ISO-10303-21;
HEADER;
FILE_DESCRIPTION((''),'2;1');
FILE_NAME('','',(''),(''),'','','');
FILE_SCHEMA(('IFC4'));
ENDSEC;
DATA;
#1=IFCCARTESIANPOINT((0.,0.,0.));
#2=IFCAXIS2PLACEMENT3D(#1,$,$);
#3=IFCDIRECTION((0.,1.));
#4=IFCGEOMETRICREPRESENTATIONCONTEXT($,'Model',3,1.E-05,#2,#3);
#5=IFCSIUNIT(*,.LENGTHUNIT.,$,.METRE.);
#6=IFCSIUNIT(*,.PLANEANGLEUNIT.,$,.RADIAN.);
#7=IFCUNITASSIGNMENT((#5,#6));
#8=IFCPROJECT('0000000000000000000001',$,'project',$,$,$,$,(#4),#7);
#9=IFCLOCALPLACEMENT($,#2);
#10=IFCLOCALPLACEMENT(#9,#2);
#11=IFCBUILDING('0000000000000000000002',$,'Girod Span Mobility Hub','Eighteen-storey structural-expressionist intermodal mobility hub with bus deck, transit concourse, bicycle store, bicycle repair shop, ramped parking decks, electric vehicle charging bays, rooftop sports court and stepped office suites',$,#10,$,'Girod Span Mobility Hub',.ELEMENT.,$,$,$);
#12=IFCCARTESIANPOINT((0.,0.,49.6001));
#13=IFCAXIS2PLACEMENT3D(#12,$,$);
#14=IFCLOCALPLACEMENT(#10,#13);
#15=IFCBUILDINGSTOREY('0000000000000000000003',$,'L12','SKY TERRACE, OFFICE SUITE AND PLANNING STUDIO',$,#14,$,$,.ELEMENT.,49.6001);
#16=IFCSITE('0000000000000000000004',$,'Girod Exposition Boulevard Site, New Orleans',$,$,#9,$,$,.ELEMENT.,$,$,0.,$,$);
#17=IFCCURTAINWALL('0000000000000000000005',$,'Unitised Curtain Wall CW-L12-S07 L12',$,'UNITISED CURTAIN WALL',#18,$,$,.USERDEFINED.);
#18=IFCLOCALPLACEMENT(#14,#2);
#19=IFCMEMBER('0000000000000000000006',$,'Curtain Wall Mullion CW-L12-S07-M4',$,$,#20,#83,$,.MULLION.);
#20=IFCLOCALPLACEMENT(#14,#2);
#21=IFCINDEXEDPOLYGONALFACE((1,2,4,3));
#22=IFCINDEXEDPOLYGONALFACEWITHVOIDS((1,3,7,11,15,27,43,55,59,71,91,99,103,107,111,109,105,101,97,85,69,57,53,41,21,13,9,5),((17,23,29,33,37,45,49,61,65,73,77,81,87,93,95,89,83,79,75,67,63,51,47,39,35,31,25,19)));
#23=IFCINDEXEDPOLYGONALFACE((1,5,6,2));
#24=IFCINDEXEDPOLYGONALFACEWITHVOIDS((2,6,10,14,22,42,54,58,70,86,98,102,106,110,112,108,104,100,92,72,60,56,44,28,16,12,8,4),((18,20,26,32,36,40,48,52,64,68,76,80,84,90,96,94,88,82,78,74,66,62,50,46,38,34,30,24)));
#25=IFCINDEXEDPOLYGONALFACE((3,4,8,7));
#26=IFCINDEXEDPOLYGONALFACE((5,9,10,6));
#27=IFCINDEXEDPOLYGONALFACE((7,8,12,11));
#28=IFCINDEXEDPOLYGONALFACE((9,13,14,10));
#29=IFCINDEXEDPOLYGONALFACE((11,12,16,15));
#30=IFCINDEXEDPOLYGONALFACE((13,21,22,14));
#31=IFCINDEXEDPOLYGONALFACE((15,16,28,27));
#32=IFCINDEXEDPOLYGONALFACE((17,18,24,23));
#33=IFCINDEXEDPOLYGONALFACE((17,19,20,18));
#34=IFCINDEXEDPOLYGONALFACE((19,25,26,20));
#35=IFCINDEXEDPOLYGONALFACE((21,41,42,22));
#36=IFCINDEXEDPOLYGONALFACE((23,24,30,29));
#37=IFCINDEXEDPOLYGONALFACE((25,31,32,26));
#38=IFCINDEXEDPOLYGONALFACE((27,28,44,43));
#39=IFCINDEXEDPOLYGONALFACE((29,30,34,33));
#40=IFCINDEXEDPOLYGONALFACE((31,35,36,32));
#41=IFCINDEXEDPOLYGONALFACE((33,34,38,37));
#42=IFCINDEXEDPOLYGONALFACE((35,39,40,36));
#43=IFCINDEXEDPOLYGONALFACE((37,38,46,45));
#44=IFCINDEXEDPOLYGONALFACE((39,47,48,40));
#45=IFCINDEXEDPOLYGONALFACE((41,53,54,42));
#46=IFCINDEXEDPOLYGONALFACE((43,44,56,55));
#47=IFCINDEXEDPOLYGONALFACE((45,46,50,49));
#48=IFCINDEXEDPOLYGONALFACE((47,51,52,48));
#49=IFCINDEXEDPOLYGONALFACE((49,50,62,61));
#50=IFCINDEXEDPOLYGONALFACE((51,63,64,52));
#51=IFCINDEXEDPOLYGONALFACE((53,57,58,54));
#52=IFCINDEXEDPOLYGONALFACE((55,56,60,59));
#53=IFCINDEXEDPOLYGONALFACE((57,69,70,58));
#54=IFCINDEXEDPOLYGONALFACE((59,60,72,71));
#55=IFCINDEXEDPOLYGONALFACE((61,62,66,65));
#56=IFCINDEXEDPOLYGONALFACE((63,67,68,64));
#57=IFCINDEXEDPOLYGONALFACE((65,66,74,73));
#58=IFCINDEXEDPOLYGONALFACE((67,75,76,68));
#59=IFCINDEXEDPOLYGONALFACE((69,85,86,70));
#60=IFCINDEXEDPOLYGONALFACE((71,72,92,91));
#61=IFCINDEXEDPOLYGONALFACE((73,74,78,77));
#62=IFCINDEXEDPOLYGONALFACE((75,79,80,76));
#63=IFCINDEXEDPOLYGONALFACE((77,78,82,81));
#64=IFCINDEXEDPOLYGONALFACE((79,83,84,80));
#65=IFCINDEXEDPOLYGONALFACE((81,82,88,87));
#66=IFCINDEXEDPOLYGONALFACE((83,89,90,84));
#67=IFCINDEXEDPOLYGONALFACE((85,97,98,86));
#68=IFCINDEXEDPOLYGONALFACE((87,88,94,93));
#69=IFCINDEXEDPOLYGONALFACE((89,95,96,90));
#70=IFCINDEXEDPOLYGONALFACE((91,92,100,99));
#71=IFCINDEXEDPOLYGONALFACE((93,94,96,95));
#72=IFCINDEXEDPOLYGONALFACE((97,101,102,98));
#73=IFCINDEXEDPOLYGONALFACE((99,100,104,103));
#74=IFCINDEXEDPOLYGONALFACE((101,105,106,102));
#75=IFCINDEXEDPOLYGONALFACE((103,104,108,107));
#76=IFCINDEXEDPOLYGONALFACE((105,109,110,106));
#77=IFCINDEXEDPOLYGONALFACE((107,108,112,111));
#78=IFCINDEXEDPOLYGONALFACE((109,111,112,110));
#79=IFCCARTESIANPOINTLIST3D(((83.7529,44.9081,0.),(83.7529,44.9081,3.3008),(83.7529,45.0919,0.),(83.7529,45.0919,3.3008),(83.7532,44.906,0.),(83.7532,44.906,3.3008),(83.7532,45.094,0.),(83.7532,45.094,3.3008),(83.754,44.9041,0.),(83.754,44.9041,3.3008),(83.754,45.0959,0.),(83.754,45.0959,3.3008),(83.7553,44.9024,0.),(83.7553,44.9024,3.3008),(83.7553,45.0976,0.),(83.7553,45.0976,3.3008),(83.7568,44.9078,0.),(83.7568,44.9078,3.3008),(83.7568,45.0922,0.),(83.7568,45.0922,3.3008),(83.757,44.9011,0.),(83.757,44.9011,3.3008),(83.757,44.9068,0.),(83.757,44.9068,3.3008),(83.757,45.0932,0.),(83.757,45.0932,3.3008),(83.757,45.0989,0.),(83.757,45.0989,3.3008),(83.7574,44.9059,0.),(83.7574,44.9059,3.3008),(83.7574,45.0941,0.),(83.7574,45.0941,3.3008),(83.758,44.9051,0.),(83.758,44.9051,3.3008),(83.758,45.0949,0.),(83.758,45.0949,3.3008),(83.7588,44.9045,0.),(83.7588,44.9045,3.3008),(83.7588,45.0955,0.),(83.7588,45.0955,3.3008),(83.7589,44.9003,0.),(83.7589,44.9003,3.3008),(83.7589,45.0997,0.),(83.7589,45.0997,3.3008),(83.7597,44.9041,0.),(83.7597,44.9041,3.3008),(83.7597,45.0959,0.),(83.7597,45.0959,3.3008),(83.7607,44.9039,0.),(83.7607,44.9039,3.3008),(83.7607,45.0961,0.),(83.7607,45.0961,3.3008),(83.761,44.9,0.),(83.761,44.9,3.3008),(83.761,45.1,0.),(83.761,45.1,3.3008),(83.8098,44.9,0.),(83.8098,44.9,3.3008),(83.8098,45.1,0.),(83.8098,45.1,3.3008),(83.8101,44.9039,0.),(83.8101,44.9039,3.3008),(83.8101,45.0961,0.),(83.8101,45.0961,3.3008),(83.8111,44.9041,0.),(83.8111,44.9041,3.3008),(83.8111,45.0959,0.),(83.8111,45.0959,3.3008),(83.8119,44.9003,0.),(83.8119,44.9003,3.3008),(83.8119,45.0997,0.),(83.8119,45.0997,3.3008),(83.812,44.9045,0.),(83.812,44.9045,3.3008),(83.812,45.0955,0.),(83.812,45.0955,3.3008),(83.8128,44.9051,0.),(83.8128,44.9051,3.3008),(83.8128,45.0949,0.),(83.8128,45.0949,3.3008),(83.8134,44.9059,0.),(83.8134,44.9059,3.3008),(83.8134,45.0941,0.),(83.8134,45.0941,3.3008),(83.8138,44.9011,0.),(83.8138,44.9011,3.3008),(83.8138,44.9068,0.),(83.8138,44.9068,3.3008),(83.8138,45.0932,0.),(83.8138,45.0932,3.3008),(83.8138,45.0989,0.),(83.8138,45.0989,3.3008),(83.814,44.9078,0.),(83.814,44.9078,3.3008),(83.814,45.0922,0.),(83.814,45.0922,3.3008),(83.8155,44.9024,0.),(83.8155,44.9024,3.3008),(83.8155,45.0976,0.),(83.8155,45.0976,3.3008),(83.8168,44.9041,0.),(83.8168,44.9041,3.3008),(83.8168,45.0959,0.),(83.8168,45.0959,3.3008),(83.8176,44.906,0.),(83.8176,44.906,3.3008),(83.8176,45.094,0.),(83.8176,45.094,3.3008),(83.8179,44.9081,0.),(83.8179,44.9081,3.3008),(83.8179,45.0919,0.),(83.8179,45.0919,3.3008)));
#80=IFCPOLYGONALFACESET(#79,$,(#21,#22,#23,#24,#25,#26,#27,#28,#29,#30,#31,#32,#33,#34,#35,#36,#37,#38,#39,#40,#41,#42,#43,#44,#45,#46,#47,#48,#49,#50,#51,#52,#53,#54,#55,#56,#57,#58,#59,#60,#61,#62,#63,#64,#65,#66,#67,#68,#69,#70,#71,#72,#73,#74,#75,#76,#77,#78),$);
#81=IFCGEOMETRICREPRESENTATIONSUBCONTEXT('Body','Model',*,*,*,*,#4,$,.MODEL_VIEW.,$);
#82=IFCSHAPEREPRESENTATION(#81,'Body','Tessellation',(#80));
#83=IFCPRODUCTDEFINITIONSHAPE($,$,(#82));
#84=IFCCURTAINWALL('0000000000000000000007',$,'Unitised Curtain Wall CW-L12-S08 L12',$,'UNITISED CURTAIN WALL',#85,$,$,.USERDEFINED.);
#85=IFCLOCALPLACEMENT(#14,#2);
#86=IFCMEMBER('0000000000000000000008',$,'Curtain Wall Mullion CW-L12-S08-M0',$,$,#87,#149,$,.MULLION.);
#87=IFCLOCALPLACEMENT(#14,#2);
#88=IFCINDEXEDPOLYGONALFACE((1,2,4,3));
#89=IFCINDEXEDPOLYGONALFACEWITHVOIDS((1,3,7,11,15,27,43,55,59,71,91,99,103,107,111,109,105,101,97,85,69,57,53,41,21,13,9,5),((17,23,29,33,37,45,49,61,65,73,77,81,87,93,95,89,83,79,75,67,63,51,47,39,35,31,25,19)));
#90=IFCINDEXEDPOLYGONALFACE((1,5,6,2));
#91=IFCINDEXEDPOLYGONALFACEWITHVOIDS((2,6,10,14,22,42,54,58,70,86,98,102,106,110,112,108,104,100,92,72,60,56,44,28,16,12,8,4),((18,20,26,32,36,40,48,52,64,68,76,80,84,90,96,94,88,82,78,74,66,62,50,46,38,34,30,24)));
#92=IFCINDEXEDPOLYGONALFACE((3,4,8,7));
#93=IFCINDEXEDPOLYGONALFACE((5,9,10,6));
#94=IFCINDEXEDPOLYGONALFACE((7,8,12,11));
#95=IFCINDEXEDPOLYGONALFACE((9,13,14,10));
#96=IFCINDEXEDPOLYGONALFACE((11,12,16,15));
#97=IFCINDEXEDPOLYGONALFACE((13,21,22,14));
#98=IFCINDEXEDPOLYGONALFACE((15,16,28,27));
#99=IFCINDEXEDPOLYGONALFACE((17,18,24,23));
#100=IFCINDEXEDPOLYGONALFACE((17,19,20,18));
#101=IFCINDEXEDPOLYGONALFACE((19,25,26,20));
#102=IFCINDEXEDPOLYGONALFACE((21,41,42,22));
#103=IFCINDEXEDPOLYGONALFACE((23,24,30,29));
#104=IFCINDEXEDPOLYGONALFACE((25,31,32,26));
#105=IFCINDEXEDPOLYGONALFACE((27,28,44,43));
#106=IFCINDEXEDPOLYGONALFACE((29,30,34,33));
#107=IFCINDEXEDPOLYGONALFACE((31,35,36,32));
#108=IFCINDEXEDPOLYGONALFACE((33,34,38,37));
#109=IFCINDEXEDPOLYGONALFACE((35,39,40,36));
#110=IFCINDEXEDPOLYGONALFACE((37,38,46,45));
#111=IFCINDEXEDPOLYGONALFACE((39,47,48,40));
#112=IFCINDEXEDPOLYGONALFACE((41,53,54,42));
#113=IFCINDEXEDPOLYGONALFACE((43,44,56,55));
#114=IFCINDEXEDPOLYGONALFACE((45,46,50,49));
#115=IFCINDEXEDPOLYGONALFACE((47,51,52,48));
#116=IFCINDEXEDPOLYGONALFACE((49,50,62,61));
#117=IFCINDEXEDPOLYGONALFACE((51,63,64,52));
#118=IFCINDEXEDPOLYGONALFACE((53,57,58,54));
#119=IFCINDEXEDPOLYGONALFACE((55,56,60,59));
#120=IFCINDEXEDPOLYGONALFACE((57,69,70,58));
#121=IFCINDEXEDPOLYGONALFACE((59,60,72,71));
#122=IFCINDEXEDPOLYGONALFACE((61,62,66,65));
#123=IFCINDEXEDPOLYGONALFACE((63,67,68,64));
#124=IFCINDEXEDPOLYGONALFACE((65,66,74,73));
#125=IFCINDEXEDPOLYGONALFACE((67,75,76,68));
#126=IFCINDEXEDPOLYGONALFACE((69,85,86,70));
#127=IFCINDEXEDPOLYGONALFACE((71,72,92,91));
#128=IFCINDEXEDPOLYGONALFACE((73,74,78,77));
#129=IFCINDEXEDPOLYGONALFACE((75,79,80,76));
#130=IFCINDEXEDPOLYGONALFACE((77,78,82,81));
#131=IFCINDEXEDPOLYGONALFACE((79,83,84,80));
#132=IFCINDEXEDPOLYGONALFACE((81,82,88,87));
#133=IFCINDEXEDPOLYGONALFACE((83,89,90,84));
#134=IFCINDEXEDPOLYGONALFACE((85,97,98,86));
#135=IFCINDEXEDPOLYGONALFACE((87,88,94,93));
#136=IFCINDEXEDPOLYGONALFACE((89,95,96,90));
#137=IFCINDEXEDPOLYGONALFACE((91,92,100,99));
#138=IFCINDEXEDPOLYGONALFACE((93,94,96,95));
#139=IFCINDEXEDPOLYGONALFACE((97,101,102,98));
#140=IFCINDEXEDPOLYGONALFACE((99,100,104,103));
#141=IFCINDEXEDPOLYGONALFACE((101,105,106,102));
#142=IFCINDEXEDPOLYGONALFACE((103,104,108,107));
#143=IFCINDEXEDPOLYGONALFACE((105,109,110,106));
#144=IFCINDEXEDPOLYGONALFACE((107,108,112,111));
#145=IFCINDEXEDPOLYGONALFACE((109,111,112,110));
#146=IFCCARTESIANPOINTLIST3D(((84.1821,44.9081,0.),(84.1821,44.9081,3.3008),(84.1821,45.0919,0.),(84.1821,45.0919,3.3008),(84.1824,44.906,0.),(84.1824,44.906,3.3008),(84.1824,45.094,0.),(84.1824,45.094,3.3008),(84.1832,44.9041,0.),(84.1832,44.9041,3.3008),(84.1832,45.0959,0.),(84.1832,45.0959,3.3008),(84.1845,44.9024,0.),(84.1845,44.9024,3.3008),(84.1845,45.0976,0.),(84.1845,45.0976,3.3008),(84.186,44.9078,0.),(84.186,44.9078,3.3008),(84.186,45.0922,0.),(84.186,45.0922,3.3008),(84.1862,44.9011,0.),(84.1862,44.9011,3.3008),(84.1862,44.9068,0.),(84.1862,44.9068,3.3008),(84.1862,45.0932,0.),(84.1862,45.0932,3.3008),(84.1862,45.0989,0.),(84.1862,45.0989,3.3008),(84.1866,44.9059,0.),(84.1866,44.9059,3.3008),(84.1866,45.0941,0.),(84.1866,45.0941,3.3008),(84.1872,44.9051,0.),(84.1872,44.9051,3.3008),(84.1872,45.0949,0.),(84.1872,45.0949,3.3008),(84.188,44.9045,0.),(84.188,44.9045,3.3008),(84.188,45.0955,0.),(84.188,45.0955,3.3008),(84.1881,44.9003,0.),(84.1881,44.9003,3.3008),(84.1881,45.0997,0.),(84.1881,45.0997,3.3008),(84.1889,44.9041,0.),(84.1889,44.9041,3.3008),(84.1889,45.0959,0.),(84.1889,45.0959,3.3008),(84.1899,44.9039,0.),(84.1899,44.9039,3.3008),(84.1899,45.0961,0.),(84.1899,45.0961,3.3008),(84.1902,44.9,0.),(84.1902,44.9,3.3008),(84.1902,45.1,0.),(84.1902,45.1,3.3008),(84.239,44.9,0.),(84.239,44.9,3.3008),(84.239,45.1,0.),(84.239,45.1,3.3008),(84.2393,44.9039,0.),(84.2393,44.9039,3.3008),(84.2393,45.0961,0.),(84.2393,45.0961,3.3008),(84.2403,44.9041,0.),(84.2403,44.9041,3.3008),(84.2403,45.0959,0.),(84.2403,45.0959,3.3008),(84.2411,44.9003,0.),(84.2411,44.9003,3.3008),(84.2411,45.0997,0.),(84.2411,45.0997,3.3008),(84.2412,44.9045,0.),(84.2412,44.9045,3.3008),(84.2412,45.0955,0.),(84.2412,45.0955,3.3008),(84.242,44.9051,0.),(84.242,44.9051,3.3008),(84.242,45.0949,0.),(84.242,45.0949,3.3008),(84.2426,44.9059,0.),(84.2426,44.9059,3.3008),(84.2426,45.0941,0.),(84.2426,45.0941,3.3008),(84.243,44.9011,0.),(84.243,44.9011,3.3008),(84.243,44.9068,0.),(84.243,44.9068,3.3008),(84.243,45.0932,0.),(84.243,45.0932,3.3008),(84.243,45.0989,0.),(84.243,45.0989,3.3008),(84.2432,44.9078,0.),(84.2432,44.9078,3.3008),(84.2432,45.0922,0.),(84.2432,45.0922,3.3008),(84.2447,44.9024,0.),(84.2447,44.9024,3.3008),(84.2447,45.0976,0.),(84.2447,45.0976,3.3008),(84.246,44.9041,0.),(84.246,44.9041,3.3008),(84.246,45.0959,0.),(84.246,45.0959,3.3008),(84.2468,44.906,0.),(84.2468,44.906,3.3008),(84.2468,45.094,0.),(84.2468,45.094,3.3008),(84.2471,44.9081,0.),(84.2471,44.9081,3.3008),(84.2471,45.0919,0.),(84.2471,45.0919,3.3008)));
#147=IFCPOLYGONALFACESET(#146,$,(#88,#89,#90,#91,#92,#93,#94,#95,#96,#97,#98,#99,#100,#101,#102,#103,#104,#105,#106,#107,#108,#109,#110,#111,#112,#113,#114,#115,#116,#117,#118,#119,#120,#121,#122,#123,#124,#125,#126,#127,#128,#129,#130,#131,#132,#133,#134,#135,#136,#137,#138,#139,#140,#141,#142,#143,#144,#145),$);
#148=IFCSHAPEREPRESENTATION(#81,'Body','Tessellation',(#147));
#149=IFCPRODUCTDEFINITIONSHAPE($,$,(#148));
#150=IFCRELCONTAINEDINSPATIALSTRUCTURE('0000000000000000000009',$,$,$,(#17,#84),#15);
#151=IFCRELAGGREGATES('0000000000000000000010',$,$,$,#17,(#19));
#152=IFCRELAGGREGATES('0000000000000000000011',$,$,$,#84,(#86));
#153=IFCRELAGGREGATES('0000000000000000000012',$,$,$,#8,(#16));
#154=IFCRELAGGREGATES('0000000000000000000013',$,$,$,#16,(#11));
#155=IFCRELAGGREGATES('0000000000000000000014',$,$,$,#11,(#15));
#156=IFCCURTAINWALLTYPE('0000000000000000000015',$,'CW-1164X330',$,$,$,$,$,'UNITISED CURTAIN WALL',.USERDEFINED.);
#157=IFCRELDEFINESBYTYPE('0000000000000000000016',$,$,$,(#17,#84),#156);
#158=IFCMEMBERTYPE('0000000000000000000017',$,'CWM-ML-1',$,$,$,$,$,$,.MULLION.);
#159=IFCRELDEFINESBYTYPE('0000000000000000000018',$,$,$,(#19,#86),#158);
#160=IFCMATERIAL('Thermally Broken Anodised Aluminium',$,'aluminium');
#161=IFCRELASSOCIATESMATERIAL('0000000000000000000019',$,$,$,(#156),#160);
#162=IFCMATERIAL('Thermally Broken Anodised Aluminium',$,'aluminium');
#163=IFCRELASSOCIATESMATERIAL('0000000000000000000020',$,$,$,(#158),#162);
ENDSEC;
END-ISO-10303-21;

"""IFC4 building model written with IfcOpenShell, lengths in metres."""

from ifc_helpers import new_model, si_unit, direction, frame, origin, origin_2d, place, context, subcontext, project, spatial, hollow_rectangle, extrude, material, material_profile, profile_set, type_object, element, aggregate, save


model = new_model("IFC4")

# Units and contexts
model_context = context("Model", 3, precision=1e-05, world=origin(), true_north=direction((0.0, 1.0)))
body_context = subcontext(model_context, "Body", "Model", "MODEL_VIEW")
ifc_project = project(units=[si_unit("LENGTHUNIT", "METRE"), si_unit("PLANEANGLEUNIT", "RADIAN")], contexts=[model_context])

# Site, building, storey
site_placement = place(None, origin())
site = spatial("IfcSite", under=ifc_project, at=site_placement, Name="Girod Exposition Boulevard Site, New Orleans", CompositionType="ELEMENT", RefElevation=0.0)
building_placement = place(site_placement, origin())
building = spatial("IfcBuilding", under=site, at=building_placement, Name="Girod Span Mobility Hub", Description="Eighteen-storey structural-expressionist intermodal mobility hub with bus deck, transit concourse, bicycle store, bicycle repair shop, ramped parking decks, electric vehicle charging bays, rooftop sports court and stepped office suites", LongName="Girod Span Mobility Hub", CompositionType="ELEMENT")
storey_placement = place(building_placement, frame((0.0, 0.0, 49.6001)))
storey = spatial("IfcBuildingStorey", under=building, at=storey_placement, Name="L12", Description="SKY TERRACE, OFFICE SUITE AND PLANNING STUDIO", CompositionType="ELEMENT", Elevation=49.6001)

# Curtain walls, members
ifc_material_1 = material(Name="Thermally Broken Anodised Aluminium", Category="aluminium")
curtain_wall_type = type_object("IfcCurtainWallType", Name="CW-1164X330", ElementType="UNITISED CURTAIN WALL", PredefinedType="USERDEFINED", material=ifc_material_1)
curtain_wall_1_placement = place(storey_placement, origin())
curtain_wall_1 = element("IfcCurtainWall", 1, at=curtain_wall_1_placement, inside=storey, type_object=curtain_wall_type, Name="Unitised Curtain Wall CW-L12-S07 L12", ObjectType="UNITISED CURTAIN WALL", PredefinedType="USERDEFINED")
ifc_material_2 = material(Name="Thermally Broken Anodised Aluminium", Category="aluminium")
ifc_material_profile_1 = material_profile(ifc_material_2, hollow_rectangle(XDim=0.2, YDim=0.0649, WallThickness=0.0039, InnerFilletRadius=0.0039, OuterFilletRadius=0.0081, at=origin_2d()), Name="CW-ML-65X200")
ifc_profile_set_1 = profile_set([ifc_material_profile_1], Name="Thermally Broken Anodised Aluminium")
member_type_1 = type_object("IfcMemberType", Name="CWM-ML-1", PredefinedType="MULLION", material=ifc_profile_set_1)
member_1_placement = place(storey_placement, frame((83.7854, 45.0, 0.0), z_axis=(0.0, 0.0, 1.0), x_axis=(0.0, 1.0, 0.0)))
member_1 = element("IfcMember", 2, at=member_1_placement, type_object=member_type_1, Name="Curtain Wall Mullion CW-L12-S07-M4", PredefinedType="MULLION", context=body_context, shape_type="SweptSolid", body=[
    extrude(hollow_rectangle(XDim=0.2, YDim=0.0649, WallThickness=0.0039, InnerFilletRadius=0.0039, OuterFilletRadius=0.0081, at=origin_2d()), origin(), (0.0, 0.0, 1.0), 3.3008),
])
curtain_wall_2_placement = place(storey_placement, origin())
curtain_wall_2 = element("IfcCurtainWall", 3, at=curtain_wall_2_placement, inside=storey, type_object=curtain_wall_type, Name="Unitised Curtain Wall CW-L12-S08 L12", ObjectType="UNITISED CURTAIN WALL", PredefinedType="USERDEFINED")
member_2_placement = place(storey_placement, frame((84.2146, 45.0, 0.0), z_axis=(0.0, 0.0, 1.0), x_axis=(0.0, 1.0, 0.0)))
member_2 = element("IfcMember", 4, at=member_2_placement, type_object=member_type_1, Name="Curtain Wall Mullion CW-L12-S08-M0", PredefinedType="MULLION", context=body_context, shape_type="SweptSolid", body=[
    extrude(hollow_rectangle(XDim=0.2, YDim=0.0649, WallThickness=0.0039, InnerFilletRadius=0.0039, OuterFilletRadius=0.0081, at=origin_2d()), origin(), (0.0, 0.0, 1.0), 3.3008),
])

aggregate(curtain_wall_1, [member_1])
aggregate(curtain_wall_2, [member_2])

save(model, "model.ifc")
